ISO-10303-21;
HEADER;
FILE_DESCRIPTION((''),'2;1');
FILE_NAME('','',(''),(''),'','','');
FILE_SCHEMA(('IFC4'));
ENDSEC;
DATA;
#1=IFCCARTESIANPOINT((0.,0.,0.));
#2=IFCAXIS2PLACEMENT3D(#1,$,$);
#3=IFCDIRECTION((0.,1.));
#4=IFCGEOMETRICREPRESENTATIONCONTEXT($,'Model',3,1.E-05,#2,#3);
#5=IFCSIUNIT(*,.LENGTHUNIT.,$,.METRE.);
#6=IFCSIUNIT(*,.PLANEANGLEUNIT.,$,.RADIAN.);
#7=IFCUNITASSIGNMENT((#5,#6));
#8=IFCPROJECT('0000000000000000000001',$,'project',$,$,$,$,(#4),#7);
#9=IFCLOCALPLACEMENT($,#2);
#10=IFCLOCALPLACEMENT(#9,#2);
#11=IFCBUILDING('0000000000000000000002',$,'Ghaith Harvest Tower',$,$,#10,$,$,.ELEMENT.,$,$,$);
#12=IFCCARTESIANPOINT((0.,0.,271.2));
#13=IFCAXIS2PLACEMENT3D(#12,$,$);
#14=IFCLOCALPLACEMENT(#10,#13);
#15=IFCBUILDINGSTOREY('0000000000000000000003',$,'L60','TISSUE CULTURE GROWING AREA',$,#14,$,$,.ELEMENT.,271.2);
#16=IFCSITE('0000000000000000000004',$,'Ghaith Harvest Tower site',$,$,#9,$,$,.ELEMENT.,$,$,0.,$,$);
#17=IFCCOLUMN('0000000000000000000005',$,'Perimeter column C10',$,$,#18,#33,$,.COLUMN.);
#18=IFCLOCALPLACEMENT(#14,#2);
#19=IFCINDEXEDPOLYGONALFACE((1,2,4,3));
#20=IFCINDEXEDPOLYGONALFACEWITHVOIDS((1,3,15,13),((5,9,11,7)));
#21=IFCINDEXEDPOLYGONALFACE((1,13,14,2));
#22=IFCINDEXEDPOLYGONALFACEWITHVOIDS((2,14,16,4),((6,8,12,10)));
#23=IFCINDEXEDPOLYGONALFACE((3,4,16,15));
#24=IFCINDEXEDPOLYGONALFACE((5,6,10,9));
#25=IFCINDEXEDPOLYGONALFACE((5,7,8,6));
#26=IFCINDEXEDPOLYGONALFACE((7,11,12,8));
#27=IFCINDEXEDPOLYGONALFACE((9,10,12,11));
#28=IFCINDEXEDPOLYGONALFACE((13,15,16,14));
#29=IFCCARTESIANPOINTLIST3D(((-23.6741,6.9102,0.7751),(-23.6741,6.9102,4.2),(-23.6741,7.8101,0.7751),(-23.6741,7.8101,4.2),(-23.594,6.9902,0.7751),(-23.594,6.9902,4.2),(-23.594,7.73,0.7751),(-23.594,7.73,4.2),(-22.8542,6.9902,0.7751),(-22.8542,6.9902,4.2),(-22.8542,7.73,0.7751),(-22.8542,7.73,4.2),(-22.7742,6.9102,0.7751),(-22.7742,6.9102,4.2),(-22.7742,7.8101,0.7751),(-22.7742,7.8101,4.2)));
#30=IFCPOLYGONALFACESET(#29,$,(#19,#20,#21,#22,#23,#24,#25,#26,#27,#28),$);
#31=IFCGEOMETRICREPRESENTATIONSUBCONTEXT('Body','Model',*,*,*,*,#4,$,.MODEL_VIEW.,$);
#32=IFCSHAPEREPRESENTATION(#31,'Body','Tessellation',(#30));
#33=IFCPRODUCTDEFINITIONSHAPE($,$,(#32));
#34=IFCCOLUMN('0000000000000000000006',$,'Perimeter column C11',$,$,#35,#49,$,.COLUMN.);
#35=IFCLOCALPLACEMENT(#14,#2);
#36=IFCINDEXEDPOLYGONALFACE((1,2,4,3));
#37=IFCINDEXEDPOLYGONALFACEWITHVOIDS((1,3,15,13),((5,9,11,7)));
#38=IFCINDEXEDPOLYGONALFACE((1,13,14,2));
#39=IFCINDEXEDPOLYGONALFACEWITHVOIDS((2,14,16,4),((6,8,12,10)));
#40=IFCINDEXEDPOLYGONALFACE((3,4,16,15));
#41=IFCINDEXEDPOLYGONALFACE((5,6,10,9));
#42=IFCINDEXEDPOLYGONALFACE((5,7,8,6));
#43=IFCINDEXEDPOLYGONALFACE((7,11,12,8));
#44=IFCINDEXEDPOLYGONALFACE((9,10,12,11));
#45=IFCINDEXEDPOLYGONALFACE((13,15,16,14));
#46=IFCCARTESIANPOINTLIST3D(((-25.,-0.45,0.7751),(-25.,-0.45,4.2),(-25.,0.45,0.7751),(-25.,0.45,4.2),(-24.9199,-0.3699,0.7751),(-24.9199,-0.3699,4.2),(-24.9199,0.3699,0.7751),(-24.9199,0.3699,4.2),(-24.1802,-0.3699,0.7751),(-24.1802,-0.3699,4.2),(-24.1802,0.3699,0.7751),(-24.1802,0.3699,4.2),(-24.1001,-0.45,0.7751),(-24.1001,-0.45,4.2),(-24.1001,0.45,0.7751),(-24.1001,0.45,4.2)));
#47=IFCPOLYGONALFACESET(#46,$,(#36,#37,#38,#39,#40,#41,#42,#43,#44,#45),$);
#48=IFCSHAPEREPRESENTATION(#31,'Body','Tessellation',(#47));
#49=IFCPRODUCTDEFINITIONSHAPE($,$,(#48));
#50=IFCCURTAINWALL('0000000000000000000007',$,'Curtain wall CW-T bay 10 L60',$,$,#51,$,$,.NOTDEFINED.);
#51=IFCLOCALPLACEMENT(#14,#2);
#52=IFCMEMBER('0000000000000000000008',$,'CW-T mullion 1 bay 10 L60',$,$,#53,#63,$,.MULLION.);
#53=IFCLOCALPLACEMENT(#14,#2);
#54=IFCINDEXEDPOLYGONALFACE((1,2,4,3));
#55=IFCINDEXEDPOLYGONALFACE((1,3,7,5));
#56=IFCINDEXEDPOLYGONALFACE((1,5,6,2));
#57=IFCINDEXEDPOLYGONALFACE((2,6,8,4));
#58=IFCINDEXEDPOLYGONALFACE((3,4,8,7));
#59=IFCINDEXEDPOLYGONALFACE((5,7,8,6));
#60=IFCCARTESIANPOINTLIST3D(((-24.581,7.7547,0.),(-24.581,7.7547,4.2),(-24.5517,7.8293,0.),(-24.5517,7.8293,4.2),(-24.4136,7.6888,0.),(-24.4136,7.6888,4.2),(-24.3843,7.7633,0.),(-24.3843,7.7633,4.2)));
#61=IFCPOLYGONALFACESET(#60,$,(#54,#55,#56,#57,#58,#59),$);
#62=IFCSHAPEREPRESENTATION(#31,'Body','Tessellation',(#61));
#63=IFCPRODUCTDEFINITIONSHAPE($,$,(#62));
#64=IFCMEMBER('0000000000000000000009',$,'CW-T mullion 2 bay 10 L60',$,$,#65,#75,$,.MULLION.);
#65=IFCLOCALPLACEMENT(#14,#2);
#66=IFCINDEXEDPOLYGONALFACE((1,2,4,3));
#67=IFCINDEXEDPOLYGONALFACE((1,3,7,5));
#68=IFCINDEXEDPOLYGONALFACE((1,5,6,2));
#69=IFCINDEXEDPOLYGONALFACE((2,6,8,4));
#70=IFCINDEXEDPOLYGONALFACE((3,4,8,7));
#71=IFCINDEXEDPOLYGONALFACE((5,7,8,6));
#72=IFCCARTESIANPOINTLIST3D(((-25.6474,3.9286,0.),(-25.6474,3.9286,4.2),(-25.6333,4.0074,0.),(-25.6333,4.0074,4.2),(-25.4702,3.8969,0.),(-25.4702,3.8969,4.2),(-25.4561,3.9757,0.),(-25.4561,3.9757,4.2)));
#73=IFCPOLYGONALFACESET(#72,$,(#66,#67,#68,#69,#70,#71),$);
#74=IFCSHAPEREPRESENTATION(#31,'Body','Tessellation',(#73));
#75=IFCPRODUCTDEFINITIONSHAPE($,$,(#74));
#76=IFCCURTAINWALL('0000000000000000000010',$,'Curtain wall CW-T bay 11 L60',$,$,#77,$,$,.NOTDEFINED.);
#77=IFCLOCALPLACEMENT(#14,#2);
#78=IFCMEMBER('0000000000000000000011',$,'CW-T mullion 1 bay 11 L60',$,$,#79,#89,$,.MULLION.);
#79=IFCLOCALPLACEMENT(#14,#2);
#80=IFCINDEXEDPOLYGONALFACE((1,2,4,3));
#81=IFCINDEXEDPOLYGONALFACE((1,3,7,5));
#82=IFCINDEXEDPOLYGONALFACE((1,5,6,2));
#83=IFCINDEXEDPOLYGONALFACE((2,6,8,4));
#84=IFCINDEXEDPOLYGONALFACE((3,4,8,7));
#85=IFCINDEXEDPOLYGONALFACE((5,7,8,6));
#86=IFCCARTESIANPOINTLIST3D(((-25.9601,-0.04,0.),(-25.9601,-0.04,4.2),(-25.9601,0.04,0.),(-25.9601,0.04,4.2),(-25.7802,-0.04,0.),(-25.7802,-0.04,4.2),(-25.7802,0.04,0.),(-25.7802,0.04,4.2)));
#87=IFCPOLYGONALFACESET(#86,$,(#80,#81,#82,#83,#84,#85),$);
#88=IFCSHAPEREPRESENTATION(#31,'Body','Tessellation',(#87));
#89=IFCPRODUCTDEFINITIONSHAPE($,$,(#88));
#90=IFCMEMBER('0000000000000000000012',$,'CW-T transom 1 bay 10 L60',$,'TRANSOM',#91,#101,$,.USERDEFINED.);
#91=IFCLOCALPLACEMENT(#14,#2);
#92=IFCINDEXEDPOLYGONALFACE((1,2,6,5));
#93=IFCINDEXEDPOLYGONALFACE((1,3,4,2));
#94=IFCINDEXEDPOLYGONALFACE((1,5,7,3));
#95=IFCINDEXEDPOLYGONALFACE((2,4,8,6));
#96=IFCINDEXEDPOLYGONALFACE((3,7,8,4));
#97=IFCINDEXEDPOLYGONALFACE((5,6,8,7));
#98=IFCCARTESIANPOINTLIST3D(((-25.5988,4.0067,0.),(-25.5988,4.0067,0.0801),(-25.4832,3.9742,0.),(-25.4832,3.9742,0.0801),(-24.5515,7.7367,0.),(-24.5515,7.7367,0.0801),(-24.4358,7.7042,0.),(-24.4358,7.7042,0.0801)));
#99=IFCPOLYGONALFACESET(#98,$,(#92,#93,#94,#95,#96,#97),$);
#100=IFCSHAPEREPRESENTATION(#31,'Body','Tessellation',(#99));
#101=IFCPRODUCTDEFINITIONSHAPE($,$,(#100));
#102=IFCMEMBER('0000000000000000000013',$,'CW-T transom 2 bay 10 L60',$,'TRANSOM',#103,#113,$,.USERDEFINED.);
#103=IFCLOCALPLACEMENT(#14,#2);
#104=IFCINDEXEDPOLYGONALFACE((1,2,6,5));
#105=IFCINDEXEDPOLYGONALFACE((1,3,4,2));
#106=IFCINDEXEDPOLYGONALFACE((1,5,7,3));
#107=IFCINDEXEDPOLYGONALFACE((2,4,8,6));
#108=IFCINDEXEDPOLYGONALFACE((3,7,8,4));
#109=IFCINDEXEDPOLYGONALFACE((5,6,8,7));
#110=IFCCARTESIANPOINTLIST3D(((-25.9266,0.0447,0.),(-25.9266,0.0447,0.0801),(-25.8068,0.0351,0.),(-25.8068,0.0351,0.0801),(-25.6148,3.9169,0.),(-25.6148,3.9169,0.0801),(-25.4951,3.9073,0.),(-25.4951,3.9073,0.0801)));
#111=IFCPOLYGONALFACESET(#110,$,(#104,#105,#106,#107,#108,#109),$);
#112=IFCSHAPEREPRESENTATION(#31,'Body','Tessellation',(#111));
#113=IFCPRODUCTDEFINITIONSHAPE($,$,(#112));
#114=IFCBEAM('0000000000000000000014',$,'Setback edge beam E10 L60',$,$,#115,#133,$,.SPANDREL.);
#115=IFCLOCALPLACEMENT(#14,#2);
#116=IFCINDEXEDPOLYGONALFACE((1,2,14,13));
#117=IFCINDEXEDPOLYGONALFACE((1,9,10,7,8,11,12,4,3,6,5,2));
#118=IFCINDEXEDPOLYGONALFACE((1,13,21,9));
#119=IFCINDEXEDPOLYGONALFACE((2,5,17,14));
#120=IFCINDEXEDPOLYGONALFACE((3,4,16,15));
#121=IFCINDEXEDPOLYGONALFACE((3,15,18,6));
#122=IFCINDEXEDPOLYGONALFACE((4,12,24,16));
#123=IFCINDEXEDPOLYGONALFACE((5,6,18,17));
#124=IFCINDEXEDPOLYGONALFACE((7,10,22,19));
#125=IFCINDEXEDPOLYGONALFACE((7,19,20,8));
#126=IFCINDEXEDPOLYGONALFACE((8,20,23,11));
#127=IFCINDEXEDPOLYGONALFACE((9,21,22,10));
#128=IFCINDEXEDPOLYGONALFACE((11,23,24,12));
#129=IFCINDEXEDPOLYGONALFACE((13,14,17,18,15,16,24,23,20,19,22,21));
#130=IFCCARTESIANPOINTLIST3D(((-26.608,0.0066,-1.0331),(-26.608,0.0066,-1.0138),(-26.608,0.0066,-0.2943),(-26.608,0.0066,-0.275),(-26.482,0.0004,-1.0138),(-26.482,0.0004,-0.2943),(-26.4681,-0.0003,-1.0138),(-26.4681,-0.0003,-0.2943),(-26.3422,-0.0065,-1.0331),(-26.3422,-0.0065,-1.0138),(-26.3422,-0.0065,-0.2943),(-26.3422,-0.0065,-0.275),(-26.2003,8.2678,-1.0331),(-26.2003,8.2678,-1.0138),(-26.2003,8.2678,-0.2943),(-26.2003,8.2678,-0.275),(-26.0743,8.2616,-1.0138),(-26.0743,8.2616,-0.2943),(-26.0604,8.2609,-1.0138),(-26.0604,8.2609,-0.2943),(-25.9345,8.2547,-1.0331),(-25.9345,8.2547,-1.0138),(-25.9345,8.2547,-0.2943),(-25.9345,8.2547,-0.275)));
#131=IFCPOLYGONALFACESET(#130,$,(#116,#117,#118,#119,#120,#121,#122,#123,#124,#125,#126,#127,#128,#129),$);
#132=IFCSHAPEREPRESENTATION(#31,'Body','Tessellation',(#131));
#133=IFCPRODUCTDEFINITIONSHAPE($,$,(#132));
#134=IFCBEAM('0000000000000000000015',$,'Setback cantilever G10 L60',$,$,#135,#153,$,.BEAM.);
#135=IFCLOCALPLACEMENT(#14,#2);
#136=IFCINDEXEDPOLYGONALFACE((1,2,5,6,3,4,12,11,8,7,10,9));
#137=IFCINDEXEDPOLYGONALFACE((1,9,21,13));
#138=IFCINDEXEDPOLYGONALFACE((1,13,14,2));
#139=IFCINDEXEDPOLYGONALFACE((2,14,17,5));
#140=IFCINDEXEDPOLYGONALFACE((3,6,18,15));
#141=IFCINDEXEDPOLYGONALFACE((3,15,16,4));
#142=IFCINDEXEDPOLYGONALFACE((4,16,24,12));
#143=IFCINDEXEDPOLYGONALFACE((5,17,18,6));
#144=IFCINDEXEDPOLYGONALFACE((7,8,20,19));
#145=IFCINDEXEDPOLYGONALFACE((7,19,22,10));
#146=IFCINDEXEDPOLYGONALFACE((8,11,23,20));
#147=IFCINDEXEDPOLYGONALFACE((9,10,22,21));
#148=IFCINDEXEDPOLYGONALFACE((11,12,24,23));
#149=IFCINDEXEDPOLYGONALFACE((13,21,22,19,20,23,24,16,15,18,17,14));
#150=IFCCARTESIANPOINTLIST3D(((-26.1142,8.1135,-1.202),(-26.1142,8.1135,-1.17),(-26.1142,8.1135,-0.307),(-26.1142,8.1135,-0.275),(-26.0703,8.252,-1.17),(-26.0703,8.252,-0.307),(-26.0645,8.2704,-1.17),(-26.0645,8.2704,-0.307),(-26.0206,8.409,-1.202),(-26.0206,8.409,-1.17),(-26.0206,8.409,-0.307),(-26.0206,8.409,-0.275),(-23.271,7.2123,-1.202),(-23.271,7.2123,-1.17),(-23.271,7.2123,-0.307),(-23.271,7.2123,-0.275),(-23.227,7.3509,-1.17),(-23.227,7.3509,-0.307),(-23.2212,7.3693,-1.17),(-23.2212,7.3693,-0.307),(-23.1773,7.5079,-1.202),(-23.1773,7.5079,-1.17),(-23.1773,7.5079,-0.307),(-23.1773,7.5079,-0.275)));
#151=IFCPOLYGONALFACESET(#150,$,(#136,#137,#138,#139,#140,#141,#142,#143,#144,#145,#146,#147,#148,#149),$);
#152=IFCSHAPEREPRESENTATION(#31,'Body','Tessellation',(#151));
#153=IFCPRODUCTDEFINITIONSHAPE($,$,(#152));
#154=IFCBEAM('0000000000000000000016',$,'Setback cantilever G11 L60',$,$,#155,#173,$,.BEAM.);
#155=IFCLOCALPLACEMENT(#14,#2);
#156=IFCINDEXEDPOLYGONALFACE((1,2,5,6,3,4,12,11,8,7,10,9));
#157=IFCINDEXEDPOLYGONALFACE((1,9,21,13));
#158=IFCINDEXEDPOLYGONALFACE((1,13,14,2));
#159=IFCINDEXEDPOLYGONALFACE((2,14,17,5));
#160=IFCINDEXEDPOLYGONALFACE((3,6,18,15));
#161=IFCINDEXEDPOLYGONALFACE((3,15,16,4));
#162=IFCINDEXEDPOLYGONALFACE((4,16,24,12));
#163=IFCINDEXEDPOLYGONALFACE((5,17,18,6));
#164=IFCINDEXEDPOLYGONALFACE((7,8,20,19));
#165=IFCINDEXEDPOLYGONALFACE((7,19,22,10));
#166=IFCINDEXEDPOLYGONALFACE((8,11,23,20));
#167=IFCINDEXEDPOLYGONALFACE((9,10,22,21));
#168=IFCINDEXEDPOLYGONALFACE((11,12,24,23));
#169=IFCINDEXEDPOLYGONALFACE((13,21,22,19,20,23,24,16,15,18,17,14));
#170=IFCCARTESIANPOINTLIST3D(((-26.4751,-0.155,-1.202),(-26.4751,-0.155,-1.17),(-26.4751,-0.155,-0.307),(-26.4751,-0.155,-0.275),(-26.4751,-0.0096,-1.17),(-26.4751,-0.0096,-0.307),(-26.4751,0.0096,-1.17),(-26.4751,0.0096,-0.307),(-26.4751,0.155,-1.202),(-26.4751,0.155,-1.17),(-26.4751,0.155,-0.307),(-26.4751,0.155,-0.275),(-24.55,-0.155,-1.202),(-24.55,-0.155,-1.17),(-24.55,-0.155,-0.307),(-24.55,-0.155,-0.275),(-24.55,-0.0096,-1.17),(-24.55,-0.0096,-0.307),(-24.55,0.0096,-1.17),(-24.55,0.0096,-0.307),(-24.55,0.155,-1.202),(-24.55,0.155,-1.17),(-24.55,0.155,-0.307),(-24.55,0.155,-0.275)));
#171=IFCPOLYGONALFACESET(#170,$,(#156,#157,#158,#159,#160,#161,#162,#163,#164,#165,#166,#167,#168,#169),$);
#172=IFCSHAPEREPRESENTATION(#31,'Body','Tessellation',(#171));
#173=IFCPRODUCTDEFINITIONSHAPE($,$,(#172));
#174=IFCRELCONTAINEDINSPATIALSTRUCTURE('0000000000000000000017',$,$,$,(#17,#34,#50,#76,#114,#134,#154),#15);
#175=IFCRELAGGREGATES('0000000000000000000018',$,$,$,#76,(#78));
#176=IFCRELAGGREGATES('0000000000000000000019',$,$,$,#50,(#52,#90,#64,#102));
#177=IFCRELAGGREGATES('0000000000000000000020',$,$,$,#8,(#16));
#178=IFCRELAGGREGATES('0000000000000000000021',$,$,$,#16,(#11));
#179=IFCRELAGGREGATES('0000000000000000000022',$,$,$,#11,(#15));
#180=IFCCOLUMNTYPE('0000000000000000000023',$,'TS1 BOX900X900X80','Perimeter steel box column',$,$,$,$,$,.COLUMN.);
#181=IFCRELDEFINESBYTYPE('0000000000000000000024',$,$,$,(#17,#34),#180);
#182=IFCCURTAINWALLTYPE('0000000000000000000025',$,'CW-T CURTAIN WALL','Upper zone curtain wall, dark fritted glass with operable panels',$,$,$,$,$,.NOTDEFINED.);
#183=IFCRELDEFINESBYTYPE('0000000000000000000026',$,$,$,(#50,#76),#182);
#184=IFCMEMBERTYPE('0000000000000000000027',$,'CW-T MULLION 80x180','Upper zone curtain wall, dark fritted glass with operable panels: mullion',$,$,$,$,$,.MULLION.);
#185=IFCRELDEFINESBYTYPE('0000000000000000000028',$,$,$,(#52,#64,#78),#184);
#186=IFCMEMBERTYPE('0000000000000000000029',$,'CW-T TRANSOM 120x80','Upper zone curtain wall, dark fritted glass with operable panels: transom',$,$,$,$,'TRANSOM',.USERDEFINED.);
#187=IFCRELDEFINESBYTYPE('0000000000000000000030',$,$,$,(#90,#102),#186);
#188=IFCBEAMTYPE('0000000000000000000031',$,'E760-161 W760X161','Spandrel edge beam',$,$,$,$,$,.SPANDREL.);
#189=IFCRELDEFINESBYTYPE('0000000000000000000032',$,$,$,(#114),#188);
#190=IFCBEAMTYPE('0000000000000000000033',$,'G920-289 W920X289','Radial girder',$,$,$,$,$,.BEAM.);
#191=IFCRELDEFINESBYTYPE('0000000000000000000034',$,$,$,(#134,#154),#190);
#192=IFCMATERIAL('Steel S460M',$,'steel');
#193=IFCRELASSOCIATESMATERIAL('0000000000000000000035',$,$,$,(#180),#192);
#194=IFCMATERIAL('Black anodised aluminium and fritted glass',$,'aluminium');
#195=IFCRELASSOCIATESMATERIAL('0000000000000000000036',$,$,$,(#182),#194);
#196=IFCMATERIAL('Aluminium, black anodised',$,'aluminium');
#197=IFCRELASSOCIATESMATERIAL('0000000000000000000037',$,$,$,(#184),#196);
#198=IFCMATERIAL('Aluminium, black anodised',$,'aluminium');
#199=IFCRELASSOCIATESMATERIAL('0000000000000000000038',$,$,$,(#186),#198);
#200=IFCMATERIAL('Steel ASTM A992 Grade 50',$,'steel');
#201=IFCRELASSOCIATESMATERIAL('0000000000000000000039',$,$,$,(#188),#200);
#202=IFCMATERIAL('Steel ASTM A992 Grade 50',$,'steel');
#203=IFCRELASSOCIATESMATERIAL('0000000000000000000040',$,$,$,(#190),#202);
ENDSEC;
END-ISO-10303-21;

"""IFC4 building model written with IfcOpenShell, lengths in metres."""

from ifc_helpers import new_model, si_unit, direction, frame, origin, origin_2d, place, context, subcontext, project, spatial, rectangle, hollow_rectangle, i_section, extrude, material, material_profile, profile_set, type_object, element, aggregate, save


model = new_model("IFC4")

# Units and contexts
model_context = context("Model", 3, precision=1e-05, world=origin(), true_north=direction((0.0, 1.0)))
body_context = subcontext(model_context, "Body", "Model", "MODEL_VIEW")
ifc_project = project(units=[si_unit("LENGTHUNIT", "METRE"), si_unit("PLANEANGLEUNIT", "RADIAN")], contexts=[model_context])

# Site, building, storey
site_placement = place(None, origin())
site = spatial("IfcSite", under=ifc_project, at=site_placement, Name="Ghaith Harvest Tower site", CompositionType="ELEMENT", RefElevation=0.0)
building_placement = place(site_placement, origin())
building = spatial("IfcBuilding", under=site, at=building_placement, Name="Ghaith Harvest Tower", CompositionType="ELEMENT")
storey_placement = place(building_placement, frame((0.0, 0.0, 271.2)))
storey = spatial("IfcBuildingStorey", under=building, at=storey_placement, Name="L60", Description="TISSUE CULTURE GROWING AREA", CompositionType="ELEMENT", Elevation=271.2)

# Columns
ifc_material_1 = material(Name="Steel S460M", Category="steel")
ifc_material_profile_1 = material_profile(ifc_material_1, hollow_rectangle(XDim=0.8999, YDim=0.8999, WallThickness=0.0801, at=origin_2d()), Name="BOX900X900X80")
ifc_profile_set_1 = profile_set([ifc_material_profile_1], Name="Steel S460M")
column_type = type_object("IfcColumnType", Name="TS1 BOX900X900X80", Description="Perimeter steel box column", PredefinedType="COLUMN", material=ifc_profile_set_1)
for number, where, z_axis, x_axis, name in (
    (1, (-23.2241, 7.3601, 0.7751), (0.0, 0.0, 1.0), (1.0, 0.0, 0.0), "Perimeter column C10"),
    (2, (-24.55, 0.0, 0.7751), (0.0, 0.0, 1.0), (1.0, 0.0, 0.0), "Perimeter column C11"),
):
    element("IfcColumn", number, at=place(storey_placement, frame(where, z_axis=z_axis, x_axis=x_axis)), inside=storey, type_object=column_type, Name=name, PredefinedType="COLUMN", context=body_context, shape_type="SweptSolid", body=[
        extrude(hollow_rectangle(XDim=0.8999, YDim=0.8999, WallThickness=0.0801, at=origin_2d()), origin(), (0.0, 0.0, 1.0), 3.4248),
    ])

# Curtain wall, members
ifc_material_2 = material(Name="Black anodised aluminium and fritted glass", Category="aluminium")
curtain_wall_type = type_object("IfcCurtainWallType", Name="CW-T CURTAIN WALL", Description="Upper zone curtain wall, dark fritted glass with operable panels", PredefinedType="NOTDEFINED", material=ifc_material_2)
curtain_wall_1_placement = place(storey_placement, origin())
curtain_wall_1 = element("IfcCurtainWall", 3, at=curtain_wall_1_placement, inside=storey, type_object=curtain_wall_type, Name="Curtain wall CW-T bay 10 L60", PredefinedType="NOTDEFINED")
ifc_material_3 = material(Name="Aluminium, black anodised", Category="aluminium")
ifc_material_profile_2 = material_profile(ifc_material_3, rectangle(XDim=0.0801, YDim=0.1799, at=origin_2d()), Name="CW-T MULLION 80x180")
ifc_profile_set_2 = profile_set([ifc_material_profile_2], Name="Aluminium, black anodised")
member_type_1 = type_object("IfcMemberType", Name="CW-T MULLION 80x180", Description="Upper zone curtain wall, dark fritted glass with operable panels: mullion", PredefinedType="MULLION", material=ifc_profile_set_2)
member_1_placement = place(storey_placement, frame((-24.4827, 7.759, 0.0), z_axis=(0.0, 0.0, 1.0), x_axis=(-0.366473, -0.930429, 0.0)))
member_1 = element("IfcMember", 4, at=member_1_placement, type_object=member_type_1, Name="CW-T mullion 1 bay 10 L60", PredefinedType="MULLION", context=body_context, shape_type="SweptSolid", body=[
    extrude(rectangle(XDim=0.0801, YDim=0.1799, at=origin_2d()), origin(), (0.0, 0.0, 1.0), 4.2),
])
member_2_placement = place(storey_placement, frame((-25.5518, 3.9521, 0.0), z_axis=(0.0, 0.0, 1.0), x_axis=(-0.176001, -0.98439, 0.0)))
member_2 = element("IfcMember", 5, at=member_2_placement, type_object=member_type_1, Name="CW-T mullion 2 bay 10 L60", PredefinedType="MULLION", context=body_context, shape_type="SweptSolid", body=[
    extrude(rectangle(XDim=0.0801, YDim=0.1799, at=origin_2d()), origin(), (0.0, 0.0, 1.0), 4.2),
])

# Curtain wall, member
curtain_wall_2_placement = place(storey_placement, origin())
curtain_wall_2 = element("IfcCurtainWall", 6, at=curtain_wall_2_placement, inside=storey, type_object=curtain_wall_type, Name="Curtain wall CW-T bay 11 L60", PredefinedType="NOTDEFINED")
member_3_placement = place(storey_placement, frame((-25.8701, 0.0, 0.0), z_axis=(0.0, 0.0, 1.0), x_axis=(0.0, -1.0, 0.0)))
member_3 = element("IfcMember", 7, at=member_3_placement, type_object=member_type_1, Name="CW-T mullion 1 bay 11 L60", PredefinedType="MULLION", context=body_context, shape_type="SweptSolid", body=[
    extrude(rectangle(XDim=0.0801, YDim=0.1799, at=origin_2d()), origin(), (0.0, 0.0, 1.0), 4.2),
])
aggregate(curtain_wall_2, [member_3])

# Members
ifc_material_4 = material(Name="Aluminium, black anodised", Category="aluminium")
ifc_material_profile_3 = material_profile(ifc_material_4, rectangle(XDim=0.1201, YDim=0.0801, at=origin_2d()), Name="CW-T TRANSOM 120x80")
ifc_profile_set_3 = profile_set([ifc_material_profile_3], Name="Aluminium, black anodised")
member_type_2 = type_object("IfcMemberType", Name="CW-T TRANSOM 120x80", Description="Upper zone curtain wall, dark fritted glass with operable panels: transom", ElementType="TRANSOM", PredefinedType="USERDEFINED", material=ifc_profile_set_3)
member_4_placement = place(storey_placement, frame((-24.4937, 7.7205, 0.04), z_axis=(-0.27034, -0.962765, 0.0), x_axis=(0.962765, -0.27034, 0.0)))
member_4 = element("IfcMember", 8, at=member_4_placement, type_object=member_type_2, Name="CW-T transom 1 bay 10 L60", ObjectType="TRANSOM", PredefinedType="USERDEFINED", context=body_context, shape_type="SweptSolid", body=[
    extrude(rectangle(XDim=0.1201, YDim=0.0801, at=origin_2d()), origin(), (0.0, 0.0, 1.0), 3.8743),
])
member_5_placement = place(storey_placement, frame((-25.5549, 3.9121, 0.04), z_axis=(-0.080252, -0.996775, 0.0), x_axis=(0.996775, -0.080252, 0.0)))
member_5 = element("IfcMember", 9, at=member_5_placement, type_object=member_type_2, Name="CW-T transom 2 bay 10 L60", ObjectType="TRANSOM", PredefinedType="USERDEFINED", context=body_context, shape_type="SweptSolid", body=[
    extrude(rectangle(XDim=0.1201, YDim=0.0801, at=origin_2d()), origin(), (0.0, 0.0, 1.0), 3.8848),
])

# Beams
ifc_material_5 = material(Name="Steel ASTM A992 Grade 50", Category="steel")
ifc_material_profile_4 = material_profile(ifc_material_5, i_section(OverallWidth=0.2661, OverallDepth=0.7581, WebThickness=0.0139, FlangeThickness=0.0193, at=origin_2d()), Name="W760X161")
ifc_profile_set_4 = profile_set([ifc_material_profile_4], Name="Steel ASTM A992 Grade 50")
beam_type_1 = type_object("IfcBeamType", Name="E760-161 W760X161", Description="Spandrel edge beam", PredefinedType="SPANDREL", material=ifc_profile_set_4)
beam_1_placement = place(storey_placement, frame((-26.0674, 8.2612, -0.6541), z_axis=(-0.049293, -0.998784, 0.0), x_axis=(0.998784, -0.049293, 0.0)))
element("IfcBeam", 10, at=beam_1_placement, inside=storey, type_object=beam_type_1, Name="Setback edge beam E10 L60", PredefinedType="SPANDREL", context=body_context, shape_type="SweptSolid", body=[
    extrude(i_section(OverallWidth=0.2661, OverallDepth=0.7581, WebThickness=0.0139, FlangeThickness=0.0193, at=origin_2d()), origin(), (0.0, 0.0, 1.0), 8.2712),
])
ifc_material_6 = material(Name="Steel ASTM A992 Grade 50", Category="steel")
ifc_material_profile_5 = material_profile(ifc_material_6, i_section(OverallWidth=0.3101, OverallDepth=0.927, WebThickness=0.0193, FlangeThickness=0.032, at=origin_2d()), Name="W920X289")
ifc_profile_set_5 = profile_set([ifc_material_profile_5], Name="Steel ASTM A992 Grade 50")
beam_type_2 = type_object("IfcBeamType", Name="G920-289 W920X289", Description="Radial girder", PredefinedType="BEAM", material=ifc_profile_set_5)
beam_2_placement = place(storey_placement, frame((-23.2241, 7.3601, -0.7385), z_axis=(-0.953269, 0.302122, 0.0), x_axis=(-0.302122, -0.953269, 0.0)))
element("IfcBeam", 11, at=beam_2_placement, inside=storey, type_object=beam_type_2, Name="Setback cantilever G10 L60", PredefinedType="BEAM", context=body_context, shape_type="SweptSolid", body=[
    extrude(i_section(OverallWidth=0.3101, OverallDepth=0.927, WebThickness=0.0193, FlangeThickness=0.032, at=origin_2d()), origin(), (0.0, 0.0, 1.0), 2.9827),
])
beam_3_placement = place(storey_placement, frame((-24.55, 0.0, -0.7385), z_axis=(-1.0, 0.0, 0.0), x_axis=(0.0, -1.0, 0.0)))
element("IfcBeam", 12, at=beam_3_placement, inside=storey, type_object=beam_type_2, Name="Setback cantilever G11 L60", PredefinedType="BEAM", context=body_context, shape_type="SweptSolid", body=[
    extrude(i_section(OverallWidth=0.3101, OverallDepth=0.927, WebThickness=0.0193, FlangeThickness=0.032, at=origin_2d()), origin(), (0.0, 0.0, 1.0), 1.925),
])

aggregate(curtain_wall_1, [member_1, member_4, member_2, member_5])

save(model, "model.ifc")
